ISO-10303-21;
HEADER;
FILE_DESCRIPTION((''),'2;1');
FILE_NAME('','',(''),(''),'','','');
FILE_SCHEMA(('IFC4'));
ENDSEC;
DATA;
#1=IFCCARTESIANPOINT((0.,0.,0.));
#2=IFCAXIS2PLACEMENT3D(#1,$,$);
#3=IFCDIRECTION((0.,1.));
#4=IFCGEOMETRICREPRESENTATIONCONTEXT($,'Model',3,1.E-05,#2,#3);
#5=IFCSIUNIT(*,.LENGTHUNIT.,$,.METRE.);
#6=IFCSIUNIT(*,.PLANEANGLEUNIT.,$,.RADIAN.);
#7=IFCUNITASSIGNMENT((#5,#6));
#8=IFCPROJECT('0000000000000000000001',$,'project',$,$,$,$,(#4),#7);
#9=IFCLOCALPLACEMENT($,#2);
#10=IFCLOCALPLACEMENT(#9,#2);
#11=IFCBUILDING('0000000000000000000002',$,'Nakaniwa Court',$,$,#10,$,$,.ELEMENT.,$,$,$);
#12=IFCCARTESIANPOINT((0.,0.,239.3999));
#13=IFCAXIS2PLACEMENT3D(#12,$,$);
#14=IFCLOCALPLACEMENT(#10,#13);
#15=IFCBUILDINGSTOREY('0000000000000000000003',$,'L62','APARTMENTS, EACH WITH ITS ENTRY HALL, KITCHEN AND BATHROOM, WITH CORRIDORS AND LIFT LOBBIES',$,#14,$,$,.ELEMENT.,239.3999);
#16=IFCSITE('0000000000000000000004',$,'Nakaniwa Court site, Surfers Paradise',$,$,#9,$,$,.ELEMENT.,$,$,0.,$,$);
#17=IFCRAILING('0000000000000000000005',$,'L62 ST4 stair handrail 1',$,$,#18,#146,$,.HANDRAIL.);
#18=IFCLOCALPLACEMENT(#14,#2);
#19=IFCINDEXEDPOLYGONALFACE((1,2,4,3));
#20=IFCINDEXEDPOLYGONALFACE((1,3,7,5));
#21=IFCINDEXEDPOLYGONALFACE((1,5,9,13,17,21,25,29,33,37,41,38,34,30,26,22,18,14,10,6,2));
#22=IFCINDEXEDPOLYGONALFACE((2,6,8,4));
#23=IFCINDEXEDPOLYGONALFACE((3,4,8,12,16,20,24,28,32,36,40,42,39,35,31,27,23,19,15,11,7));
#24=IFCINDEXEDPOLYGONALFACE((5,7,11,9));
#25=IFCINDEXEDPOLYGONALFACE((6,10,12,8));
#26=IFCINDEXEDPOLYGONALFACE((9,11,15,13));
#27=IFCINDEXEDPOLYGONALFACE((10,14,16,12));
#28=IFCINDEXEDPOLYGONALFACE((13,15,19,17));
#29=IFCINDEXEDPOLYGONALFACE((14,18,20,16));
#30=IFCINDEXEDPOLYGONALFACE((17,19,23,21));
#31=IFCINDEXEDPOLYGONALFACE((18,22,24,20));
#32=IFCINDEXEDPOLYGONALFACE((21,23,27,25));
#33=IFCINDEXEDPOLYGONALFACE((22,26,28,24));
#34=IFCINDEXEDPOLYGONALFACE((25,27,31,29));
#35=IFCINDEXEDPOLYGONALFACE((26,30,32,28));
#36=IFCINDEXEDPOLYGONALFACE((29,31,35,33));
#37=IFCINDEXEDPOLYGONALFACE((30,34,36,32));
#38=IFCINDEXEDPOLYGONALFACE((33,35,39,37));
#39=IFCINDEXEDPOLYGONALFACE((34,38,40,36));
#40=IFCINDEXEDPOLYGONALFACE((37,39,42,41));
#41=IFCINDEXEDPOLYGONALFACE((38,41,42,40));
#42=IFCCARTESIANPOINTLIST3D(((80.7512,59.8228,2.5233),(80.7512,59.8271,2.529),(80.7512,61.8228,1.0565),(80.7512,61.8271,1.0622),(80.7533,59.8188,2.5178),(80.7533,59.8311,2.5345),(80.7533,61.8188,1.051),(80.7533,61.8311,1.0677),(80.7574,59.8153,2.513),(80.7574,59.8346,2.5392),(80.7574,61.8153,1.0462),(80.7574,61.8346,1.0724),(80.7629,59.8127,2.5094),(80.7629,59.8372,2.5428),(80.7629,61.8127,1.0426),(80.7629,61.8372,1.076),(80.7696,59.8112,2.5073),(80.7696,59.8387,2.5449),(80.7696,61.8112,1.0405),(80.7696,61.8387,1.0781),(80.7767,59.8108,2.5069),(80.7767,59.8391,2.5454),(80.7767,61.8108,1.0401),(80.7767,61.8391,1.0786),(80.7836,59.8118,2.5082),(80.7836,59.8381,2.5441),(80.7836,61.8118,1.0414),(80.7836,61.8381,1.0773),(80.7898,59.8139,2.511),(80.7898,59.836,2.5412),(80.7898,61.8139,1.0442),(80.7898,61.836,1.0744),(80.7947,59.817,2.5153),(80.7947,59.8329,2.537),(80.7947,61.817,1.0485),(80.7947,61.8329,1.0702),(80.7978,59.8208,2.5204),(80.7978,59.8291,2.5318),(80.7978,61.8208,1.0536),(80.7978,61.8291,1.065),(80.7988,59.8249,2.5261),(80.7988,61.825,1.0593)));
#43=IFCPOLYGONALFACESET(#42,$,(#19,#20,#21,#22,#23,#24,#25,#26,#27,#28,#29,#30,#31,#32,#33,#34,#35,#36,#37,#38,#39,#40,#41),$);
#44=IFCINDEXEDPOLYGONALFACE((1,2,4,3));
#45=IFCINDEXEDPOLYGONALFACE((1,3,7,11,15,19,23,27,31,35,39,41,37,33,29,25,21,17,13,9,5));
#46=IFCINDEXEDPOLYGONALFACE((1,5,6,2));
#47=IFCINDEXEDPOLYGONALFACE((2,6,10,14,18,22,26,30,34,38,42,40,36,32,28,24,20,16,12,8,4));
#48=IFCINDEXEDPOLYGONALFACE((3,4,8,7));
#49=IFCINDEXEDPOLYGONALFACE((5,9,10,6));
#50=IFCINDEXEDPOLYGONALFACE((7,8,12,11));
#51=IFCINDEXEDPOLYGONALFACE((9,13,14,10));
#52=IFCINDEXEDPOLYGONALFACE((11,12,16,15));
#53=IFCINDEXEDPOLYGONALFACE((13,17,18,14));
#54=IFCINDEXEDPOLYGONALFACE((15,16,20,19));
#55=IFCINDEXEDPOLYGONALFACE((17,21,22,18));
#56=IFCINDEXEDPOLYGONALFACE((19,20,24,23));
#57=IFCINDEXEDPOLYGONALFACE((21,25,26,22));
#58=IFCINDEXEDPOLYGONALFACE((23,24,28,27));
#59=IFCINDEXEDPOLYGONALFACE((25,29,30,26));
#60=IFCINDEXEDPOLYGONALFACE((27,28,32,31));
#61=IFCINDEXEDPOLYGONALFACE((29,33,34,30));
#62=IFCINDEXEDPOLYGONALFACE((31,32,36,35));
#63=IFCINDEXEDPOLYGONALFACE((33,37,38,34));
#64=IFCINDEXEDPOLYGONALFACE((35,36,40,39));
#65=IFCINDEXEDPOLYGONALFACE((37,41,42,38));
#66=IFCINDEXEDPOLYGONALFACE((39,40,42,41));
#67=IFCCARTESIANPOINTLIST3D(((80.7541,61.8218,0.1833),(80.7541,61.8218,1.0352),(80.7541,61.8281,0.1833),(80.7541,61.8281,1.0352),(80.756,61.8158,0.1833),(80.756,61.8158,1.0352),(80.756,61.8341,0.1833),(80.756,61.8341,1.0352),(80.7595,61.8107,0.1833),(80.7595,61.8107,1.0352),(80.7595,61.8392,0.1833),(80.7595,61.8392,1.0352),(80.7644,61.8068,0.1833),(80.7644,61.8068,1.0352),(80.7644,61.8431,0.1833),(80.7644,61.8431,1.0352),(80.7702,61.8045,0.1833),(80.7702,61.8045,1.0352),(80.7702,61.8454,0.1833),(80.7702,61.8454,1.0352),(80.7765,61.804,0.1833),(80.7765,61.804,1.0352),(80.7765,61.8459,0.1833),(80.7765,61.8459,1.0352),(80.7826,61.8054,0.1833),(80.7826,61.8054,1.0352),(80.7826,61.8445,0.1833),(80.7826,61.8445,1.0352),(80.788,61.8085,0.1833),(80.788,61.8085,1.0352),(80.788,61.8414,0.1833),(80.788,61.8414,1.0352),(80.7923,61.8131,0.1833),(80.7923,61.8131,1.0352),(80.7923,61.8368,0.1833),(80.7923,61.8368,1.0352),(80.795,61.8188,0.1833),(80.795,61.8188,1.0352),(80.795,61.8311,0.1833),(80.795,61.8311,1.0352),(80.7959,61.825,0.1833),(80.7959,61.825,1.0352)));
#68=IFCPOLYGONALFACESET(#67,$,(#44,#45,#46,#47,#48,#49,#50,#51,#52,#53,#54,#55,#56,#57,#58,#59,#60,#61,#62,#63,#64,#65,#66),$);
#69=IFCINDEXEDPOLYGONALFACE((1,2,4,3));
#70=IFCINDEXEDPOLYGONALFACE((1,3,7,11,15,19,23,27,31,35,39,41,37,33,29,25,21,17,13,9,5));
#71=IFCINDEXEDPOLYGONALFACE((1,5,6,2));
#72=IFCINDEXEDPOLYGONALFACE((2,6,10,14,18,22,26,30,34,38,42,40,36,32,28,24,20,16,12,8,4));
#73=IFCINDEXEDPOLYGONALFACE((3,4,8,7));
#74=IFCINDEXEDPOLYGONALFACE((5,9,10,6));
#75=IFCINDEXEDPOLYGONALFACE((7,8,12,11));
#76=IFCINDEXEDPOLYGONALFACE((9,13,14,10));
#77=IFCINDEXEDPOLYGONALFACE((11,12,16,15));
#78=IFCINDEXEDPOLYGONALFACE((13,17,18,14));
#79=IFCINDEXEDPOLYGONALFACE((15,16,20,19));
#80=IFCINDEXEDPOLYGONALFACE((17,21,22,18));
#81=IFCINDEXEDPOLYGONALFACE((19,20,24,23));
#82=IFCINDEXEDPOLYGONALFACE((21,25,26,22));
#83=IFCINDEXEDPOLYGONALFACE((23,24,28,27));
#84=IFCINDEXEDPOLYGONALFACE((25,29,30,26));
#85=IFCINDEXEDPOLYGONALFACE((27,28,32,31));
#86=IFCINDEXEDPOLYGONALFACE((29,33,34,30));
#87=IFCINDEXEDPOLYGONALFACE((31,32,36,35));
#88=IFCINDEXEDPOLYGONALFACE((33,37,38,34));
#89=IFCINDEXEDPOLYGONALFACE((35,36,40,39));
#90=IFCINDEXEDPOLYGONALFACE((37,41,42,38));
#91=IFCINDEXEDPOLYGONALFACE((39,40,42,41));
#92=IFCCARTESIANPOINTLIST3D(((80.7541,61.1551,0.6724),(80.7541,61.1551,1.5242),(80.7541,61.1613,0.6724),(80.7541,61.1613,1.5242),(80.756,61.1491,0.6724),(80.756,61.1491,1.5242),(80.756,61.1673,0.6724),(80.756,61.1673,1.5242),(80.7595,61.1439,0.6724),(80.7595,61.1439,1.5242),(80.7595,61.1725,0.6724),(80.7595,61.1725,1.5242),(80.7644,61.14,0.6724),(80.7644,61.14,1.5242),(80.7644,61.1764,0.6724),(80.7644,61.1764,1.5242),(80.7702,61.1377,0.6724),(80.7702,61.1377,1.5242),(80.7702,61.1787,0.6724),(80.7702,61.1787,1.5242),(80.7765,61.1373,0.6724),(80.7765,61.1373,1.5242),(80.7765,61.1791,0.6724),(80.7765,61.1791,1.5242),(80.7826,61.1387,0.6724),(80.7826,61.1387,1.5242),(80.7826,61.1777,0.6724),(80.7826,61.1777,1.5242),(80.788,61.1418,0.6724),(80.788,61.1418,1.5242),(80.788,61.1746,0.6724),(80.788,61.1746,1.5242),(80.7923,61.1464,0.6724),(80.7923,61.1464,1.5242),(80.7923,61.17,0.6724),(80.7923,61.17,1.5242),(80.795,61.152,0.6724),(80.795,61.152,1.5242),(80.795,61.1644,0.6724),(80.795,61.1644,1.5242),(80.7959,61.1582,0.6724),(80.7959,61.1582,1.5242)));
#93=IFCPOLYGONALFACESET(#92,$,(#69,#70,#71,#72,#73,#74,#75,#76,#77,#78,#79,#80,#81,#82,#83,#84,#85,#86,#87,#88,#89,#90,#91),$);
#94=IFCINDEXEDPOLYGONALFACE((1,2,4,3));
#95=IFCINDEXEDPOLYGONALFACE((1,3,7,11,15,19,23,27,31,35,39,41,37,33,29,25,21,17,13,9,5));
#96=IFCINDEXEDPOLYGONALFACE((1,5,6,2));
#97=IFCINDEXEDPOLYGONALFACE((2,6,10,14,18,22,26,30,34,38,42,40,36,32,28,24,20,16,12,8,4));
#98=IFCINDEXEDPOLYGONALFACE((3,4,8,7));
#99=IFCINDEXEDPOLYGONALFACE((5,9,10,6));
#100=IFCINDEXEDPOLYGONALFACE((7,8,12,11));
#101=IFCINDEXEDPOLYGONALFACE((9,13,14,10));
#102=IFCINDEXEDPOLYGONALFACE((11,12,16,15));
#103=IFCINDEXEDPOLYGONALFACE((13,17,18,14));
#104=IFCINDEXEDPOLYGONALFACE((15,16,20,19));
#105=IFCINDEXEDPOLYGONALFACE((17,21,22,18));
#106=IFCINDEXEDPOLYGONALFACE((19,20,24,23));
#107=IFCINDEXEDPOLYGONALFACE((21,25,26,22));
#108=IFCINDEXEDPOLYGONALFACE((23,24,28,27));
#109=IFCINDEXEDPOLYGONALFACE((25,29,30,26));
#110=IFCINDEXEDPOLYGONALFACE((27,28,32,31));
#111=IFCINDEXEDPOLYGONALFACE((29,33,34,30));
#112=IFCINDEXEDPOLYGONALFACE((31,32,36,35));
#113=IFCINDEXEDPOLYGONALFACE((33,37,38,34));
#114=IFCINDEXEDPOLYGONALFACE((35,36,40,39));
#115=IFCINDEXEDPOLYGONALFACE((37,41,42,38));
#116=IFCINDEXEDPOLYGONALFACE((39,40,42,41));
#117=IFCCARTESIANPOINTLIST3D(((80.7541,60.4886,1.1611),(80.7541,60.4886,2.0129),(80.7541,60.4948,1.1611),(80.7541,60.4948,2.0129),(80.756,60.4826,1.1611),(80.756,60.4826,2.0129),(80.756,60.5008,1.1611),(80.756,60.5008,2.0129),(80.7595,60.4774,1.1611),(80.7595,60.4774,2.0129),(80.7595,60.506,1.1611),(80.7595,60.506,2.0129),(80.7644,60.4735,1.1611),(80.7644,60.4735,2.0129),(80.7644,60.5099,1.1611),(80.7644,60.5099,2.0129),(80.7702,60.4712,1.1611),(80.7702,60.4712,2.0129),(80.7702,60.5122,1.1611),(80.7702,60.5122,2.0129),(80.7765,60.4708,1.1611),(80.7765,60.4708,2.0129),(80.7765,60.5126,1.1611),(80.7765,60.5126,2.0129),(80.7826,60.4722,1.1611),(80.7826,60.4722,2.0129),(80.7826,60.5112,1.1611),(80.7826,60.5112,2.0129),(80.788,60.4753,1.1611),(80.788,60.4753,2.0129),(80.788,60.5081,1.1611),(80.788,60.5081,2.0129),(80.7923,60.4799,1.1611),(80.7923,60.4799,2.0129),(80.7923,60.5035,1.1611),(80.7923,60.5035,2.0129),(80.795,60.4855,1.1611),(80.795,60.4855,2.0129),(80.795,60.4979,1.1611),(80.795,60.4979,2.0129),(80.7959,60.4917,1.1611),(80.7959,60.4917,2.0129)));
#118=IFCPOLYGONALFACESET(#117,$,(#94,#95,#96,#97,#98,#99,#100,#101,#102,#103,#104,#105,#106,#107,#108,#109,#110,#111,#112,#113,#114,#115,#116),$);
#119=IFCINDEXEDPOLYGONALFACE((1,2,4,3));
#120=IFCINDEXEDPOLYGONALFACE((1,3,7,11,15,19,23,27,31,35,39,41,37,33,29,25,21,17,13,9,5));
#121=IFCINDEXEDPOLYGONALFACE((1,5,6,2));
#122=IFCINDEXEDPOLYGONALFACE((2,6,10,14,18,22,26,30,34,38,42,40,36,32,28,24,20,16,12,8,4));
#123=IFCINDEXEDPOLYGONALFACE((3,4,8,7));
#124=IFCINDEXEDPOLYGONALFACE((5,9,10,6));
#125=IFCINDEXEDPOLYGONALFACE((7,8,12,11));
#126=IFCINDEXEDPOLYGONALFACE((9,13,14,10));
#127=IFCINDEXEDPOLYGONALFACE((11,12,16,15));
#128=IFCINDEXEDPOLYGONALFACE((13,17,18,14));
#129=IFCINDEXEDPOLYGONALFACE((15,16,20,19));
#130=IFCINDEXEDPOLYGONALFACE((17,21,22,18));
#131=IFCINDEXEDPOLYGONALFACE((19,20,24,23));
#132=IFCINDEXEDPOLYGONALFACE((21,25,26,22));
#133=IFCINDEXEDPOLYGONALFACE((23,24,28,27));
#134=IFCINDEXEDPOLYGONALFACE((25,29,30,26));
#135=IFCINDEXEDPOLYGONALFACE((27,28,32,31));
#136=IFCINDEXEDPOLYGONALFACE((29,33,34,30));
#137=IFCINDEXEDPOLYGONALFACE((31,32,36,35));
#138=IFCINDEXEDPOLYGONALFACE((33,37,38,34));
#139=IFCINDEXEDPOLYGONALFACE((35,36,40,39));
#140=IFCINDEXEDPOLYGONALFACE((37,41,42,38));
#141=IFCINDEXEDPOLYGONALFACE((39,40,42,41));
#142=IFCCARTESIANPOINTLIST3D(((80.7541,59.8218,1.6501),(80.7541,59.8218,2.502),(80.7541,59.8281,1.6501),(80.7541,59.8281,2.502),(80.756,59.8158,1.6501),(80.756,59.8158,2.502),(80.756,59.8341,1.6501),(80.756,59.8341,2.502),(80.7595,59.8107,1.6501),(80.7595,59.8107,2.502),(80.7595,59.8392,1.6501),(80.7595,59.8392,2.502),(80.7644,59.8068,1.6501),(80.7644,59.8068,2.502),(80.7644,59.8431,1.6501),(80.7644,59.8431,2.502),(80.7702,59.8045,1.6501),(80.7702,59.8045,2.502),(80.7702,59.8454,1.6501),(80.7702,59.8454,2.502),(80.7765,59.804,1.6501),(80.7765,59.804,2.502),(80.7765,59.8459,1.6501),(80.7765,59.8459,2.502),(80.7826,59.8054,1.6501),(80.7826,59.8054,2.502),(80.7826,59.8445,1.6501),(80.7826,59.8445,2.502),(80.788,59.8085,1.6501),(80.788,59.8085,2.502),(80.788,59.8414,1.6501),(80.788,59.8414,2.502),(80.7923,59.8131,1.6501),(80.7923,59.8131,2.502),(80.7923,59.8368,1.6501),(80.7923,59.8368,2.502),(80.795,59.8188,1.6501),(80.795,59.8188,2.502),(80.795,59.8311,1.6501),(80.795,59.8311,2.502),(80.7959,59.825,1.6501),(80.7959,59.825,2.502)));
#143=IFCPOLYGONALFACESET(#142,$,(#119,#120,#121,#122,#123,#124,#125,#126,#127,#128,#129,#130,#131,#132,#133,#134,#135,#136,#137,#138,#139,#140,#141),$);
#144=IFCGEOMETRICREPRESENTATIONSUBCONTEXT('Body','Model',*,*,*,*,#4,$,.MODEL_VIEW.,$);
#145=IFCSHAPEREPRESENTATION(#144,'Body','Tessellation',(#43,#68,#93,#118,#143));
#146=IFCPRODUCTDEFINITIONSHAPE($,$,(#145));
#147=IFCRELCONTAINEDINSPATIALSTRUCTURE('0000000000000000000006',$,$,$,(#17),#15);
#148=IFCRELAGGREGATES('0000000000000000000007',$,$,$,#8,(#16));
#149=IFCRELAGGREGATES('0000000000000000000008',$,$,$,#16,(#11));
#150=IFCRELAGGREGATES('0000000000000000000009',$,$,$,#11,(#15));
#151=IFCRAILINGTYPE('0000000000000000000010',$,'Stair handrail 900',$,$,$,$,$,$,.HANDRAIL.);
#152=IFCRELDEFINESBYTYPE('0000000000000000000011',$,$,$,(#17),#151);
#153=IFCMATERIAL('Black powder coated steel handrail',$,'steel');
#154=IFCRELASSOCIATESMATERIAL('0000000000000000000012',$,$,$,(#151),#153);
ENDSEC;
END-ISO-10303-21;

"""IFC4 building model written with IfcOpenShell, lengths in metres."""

from ifc_helpers import new_model, si_unit, direction, frame, origin, origin_2d, place, context, subcontext, project, spatial, circle, extrude, material, type_object, element, save


model = new_model("IFC4")

# Units and contexts
model_context = context("Model", 3, precision=1e-05, world=origin(), true_north=direction((0.0, 1.0)))
body_context = subcontext(model_context, "Body", "Model", "MODEL_VIEW")
ifc_project = project(units=[si_unit("LENGTHUNIT", "METRE"), si_unit("PLANEANGLEUNIT", "RADIAN")], contexts=[model_context])

# Site, building, storey
site_placement = place(None, origin())
site = spatial("IfcSite", under=ifc_project, at=site_placement, Name="Nakaniwa Court site, Surfers Paradise", CompositionType="ELEMENT", RefElevation=0.0)
building_placement = place(site_placement, origin())
building = spatial("IfcBuilding", under=site, at=building_placement, Name="Nakaniwa Court", CompositionType="ELEMENT")
storey_placement = place(building_placement, frame((0.0, 0.0, 239.3999)))
storey = spatial("IfcBuildingStorey", under=building, at=storey_placement, Name="L62", Description="APARTMENTS, EACH WITH ITS ENTRY HALL, KITCHEN AND BATHROOM, WITH CORRIDORS AND LIFT LOBBIES", CompositionType="ELEMENT", Elevation=239.3999)

# Railing
ifc_material_1 = material(Name="Black powder coated steel handrail", Category="steel")
railing_type_1 = type_object("IfcRailingType", Name="Stair handrail 900", PredefinedType="HANDRAIL", material=ifc_material_1)
railing_1_placement = place(storey_placement, frame((80.7749, 61.825, 0.1833)))
element("IfcRailing", 1, at=railing_1_placement, inside=storey, type_object=railing_type_1, Name="L62 ST4 stair handrail 1", PredefinedType="HANDRAIL", context=body_context, shape_type="SweptSolid", body=[
    extrude(circle(Radius=0.0239, at=origin_2d()), frame((0.0, 0.0, 0.876), z_axis=(0.0, -0.80638, 0.591398), x_axis=(1.0, 0.0, 0.0)), (0.0, 0.0, 1.0), 2.4802),
    extrude(circle(Radius=0.021, at=origin_2d()), origin(), (0.0, 0.0, 1.0), 0.8518),
    extrude(circle(Radius=0.021, at=origin_2d()), frame((0.0, -0.6667, 0.489)), (0.0, 0.0, 1.0), 0.8518),
    extrude(circle(Radius=0.021, at=origin_2d()), frame((0.0, -1.3333, 0.9778)), (0.0, 0.0, 1.0), 0.8518),
    extrude(circle(Radius=0.021, at=origin_2d()), frame((0.0, -2.0, 1.4668)), (0.0, 0.0, 1.0), 0.8518),
])

save(model, "model.ifc")
